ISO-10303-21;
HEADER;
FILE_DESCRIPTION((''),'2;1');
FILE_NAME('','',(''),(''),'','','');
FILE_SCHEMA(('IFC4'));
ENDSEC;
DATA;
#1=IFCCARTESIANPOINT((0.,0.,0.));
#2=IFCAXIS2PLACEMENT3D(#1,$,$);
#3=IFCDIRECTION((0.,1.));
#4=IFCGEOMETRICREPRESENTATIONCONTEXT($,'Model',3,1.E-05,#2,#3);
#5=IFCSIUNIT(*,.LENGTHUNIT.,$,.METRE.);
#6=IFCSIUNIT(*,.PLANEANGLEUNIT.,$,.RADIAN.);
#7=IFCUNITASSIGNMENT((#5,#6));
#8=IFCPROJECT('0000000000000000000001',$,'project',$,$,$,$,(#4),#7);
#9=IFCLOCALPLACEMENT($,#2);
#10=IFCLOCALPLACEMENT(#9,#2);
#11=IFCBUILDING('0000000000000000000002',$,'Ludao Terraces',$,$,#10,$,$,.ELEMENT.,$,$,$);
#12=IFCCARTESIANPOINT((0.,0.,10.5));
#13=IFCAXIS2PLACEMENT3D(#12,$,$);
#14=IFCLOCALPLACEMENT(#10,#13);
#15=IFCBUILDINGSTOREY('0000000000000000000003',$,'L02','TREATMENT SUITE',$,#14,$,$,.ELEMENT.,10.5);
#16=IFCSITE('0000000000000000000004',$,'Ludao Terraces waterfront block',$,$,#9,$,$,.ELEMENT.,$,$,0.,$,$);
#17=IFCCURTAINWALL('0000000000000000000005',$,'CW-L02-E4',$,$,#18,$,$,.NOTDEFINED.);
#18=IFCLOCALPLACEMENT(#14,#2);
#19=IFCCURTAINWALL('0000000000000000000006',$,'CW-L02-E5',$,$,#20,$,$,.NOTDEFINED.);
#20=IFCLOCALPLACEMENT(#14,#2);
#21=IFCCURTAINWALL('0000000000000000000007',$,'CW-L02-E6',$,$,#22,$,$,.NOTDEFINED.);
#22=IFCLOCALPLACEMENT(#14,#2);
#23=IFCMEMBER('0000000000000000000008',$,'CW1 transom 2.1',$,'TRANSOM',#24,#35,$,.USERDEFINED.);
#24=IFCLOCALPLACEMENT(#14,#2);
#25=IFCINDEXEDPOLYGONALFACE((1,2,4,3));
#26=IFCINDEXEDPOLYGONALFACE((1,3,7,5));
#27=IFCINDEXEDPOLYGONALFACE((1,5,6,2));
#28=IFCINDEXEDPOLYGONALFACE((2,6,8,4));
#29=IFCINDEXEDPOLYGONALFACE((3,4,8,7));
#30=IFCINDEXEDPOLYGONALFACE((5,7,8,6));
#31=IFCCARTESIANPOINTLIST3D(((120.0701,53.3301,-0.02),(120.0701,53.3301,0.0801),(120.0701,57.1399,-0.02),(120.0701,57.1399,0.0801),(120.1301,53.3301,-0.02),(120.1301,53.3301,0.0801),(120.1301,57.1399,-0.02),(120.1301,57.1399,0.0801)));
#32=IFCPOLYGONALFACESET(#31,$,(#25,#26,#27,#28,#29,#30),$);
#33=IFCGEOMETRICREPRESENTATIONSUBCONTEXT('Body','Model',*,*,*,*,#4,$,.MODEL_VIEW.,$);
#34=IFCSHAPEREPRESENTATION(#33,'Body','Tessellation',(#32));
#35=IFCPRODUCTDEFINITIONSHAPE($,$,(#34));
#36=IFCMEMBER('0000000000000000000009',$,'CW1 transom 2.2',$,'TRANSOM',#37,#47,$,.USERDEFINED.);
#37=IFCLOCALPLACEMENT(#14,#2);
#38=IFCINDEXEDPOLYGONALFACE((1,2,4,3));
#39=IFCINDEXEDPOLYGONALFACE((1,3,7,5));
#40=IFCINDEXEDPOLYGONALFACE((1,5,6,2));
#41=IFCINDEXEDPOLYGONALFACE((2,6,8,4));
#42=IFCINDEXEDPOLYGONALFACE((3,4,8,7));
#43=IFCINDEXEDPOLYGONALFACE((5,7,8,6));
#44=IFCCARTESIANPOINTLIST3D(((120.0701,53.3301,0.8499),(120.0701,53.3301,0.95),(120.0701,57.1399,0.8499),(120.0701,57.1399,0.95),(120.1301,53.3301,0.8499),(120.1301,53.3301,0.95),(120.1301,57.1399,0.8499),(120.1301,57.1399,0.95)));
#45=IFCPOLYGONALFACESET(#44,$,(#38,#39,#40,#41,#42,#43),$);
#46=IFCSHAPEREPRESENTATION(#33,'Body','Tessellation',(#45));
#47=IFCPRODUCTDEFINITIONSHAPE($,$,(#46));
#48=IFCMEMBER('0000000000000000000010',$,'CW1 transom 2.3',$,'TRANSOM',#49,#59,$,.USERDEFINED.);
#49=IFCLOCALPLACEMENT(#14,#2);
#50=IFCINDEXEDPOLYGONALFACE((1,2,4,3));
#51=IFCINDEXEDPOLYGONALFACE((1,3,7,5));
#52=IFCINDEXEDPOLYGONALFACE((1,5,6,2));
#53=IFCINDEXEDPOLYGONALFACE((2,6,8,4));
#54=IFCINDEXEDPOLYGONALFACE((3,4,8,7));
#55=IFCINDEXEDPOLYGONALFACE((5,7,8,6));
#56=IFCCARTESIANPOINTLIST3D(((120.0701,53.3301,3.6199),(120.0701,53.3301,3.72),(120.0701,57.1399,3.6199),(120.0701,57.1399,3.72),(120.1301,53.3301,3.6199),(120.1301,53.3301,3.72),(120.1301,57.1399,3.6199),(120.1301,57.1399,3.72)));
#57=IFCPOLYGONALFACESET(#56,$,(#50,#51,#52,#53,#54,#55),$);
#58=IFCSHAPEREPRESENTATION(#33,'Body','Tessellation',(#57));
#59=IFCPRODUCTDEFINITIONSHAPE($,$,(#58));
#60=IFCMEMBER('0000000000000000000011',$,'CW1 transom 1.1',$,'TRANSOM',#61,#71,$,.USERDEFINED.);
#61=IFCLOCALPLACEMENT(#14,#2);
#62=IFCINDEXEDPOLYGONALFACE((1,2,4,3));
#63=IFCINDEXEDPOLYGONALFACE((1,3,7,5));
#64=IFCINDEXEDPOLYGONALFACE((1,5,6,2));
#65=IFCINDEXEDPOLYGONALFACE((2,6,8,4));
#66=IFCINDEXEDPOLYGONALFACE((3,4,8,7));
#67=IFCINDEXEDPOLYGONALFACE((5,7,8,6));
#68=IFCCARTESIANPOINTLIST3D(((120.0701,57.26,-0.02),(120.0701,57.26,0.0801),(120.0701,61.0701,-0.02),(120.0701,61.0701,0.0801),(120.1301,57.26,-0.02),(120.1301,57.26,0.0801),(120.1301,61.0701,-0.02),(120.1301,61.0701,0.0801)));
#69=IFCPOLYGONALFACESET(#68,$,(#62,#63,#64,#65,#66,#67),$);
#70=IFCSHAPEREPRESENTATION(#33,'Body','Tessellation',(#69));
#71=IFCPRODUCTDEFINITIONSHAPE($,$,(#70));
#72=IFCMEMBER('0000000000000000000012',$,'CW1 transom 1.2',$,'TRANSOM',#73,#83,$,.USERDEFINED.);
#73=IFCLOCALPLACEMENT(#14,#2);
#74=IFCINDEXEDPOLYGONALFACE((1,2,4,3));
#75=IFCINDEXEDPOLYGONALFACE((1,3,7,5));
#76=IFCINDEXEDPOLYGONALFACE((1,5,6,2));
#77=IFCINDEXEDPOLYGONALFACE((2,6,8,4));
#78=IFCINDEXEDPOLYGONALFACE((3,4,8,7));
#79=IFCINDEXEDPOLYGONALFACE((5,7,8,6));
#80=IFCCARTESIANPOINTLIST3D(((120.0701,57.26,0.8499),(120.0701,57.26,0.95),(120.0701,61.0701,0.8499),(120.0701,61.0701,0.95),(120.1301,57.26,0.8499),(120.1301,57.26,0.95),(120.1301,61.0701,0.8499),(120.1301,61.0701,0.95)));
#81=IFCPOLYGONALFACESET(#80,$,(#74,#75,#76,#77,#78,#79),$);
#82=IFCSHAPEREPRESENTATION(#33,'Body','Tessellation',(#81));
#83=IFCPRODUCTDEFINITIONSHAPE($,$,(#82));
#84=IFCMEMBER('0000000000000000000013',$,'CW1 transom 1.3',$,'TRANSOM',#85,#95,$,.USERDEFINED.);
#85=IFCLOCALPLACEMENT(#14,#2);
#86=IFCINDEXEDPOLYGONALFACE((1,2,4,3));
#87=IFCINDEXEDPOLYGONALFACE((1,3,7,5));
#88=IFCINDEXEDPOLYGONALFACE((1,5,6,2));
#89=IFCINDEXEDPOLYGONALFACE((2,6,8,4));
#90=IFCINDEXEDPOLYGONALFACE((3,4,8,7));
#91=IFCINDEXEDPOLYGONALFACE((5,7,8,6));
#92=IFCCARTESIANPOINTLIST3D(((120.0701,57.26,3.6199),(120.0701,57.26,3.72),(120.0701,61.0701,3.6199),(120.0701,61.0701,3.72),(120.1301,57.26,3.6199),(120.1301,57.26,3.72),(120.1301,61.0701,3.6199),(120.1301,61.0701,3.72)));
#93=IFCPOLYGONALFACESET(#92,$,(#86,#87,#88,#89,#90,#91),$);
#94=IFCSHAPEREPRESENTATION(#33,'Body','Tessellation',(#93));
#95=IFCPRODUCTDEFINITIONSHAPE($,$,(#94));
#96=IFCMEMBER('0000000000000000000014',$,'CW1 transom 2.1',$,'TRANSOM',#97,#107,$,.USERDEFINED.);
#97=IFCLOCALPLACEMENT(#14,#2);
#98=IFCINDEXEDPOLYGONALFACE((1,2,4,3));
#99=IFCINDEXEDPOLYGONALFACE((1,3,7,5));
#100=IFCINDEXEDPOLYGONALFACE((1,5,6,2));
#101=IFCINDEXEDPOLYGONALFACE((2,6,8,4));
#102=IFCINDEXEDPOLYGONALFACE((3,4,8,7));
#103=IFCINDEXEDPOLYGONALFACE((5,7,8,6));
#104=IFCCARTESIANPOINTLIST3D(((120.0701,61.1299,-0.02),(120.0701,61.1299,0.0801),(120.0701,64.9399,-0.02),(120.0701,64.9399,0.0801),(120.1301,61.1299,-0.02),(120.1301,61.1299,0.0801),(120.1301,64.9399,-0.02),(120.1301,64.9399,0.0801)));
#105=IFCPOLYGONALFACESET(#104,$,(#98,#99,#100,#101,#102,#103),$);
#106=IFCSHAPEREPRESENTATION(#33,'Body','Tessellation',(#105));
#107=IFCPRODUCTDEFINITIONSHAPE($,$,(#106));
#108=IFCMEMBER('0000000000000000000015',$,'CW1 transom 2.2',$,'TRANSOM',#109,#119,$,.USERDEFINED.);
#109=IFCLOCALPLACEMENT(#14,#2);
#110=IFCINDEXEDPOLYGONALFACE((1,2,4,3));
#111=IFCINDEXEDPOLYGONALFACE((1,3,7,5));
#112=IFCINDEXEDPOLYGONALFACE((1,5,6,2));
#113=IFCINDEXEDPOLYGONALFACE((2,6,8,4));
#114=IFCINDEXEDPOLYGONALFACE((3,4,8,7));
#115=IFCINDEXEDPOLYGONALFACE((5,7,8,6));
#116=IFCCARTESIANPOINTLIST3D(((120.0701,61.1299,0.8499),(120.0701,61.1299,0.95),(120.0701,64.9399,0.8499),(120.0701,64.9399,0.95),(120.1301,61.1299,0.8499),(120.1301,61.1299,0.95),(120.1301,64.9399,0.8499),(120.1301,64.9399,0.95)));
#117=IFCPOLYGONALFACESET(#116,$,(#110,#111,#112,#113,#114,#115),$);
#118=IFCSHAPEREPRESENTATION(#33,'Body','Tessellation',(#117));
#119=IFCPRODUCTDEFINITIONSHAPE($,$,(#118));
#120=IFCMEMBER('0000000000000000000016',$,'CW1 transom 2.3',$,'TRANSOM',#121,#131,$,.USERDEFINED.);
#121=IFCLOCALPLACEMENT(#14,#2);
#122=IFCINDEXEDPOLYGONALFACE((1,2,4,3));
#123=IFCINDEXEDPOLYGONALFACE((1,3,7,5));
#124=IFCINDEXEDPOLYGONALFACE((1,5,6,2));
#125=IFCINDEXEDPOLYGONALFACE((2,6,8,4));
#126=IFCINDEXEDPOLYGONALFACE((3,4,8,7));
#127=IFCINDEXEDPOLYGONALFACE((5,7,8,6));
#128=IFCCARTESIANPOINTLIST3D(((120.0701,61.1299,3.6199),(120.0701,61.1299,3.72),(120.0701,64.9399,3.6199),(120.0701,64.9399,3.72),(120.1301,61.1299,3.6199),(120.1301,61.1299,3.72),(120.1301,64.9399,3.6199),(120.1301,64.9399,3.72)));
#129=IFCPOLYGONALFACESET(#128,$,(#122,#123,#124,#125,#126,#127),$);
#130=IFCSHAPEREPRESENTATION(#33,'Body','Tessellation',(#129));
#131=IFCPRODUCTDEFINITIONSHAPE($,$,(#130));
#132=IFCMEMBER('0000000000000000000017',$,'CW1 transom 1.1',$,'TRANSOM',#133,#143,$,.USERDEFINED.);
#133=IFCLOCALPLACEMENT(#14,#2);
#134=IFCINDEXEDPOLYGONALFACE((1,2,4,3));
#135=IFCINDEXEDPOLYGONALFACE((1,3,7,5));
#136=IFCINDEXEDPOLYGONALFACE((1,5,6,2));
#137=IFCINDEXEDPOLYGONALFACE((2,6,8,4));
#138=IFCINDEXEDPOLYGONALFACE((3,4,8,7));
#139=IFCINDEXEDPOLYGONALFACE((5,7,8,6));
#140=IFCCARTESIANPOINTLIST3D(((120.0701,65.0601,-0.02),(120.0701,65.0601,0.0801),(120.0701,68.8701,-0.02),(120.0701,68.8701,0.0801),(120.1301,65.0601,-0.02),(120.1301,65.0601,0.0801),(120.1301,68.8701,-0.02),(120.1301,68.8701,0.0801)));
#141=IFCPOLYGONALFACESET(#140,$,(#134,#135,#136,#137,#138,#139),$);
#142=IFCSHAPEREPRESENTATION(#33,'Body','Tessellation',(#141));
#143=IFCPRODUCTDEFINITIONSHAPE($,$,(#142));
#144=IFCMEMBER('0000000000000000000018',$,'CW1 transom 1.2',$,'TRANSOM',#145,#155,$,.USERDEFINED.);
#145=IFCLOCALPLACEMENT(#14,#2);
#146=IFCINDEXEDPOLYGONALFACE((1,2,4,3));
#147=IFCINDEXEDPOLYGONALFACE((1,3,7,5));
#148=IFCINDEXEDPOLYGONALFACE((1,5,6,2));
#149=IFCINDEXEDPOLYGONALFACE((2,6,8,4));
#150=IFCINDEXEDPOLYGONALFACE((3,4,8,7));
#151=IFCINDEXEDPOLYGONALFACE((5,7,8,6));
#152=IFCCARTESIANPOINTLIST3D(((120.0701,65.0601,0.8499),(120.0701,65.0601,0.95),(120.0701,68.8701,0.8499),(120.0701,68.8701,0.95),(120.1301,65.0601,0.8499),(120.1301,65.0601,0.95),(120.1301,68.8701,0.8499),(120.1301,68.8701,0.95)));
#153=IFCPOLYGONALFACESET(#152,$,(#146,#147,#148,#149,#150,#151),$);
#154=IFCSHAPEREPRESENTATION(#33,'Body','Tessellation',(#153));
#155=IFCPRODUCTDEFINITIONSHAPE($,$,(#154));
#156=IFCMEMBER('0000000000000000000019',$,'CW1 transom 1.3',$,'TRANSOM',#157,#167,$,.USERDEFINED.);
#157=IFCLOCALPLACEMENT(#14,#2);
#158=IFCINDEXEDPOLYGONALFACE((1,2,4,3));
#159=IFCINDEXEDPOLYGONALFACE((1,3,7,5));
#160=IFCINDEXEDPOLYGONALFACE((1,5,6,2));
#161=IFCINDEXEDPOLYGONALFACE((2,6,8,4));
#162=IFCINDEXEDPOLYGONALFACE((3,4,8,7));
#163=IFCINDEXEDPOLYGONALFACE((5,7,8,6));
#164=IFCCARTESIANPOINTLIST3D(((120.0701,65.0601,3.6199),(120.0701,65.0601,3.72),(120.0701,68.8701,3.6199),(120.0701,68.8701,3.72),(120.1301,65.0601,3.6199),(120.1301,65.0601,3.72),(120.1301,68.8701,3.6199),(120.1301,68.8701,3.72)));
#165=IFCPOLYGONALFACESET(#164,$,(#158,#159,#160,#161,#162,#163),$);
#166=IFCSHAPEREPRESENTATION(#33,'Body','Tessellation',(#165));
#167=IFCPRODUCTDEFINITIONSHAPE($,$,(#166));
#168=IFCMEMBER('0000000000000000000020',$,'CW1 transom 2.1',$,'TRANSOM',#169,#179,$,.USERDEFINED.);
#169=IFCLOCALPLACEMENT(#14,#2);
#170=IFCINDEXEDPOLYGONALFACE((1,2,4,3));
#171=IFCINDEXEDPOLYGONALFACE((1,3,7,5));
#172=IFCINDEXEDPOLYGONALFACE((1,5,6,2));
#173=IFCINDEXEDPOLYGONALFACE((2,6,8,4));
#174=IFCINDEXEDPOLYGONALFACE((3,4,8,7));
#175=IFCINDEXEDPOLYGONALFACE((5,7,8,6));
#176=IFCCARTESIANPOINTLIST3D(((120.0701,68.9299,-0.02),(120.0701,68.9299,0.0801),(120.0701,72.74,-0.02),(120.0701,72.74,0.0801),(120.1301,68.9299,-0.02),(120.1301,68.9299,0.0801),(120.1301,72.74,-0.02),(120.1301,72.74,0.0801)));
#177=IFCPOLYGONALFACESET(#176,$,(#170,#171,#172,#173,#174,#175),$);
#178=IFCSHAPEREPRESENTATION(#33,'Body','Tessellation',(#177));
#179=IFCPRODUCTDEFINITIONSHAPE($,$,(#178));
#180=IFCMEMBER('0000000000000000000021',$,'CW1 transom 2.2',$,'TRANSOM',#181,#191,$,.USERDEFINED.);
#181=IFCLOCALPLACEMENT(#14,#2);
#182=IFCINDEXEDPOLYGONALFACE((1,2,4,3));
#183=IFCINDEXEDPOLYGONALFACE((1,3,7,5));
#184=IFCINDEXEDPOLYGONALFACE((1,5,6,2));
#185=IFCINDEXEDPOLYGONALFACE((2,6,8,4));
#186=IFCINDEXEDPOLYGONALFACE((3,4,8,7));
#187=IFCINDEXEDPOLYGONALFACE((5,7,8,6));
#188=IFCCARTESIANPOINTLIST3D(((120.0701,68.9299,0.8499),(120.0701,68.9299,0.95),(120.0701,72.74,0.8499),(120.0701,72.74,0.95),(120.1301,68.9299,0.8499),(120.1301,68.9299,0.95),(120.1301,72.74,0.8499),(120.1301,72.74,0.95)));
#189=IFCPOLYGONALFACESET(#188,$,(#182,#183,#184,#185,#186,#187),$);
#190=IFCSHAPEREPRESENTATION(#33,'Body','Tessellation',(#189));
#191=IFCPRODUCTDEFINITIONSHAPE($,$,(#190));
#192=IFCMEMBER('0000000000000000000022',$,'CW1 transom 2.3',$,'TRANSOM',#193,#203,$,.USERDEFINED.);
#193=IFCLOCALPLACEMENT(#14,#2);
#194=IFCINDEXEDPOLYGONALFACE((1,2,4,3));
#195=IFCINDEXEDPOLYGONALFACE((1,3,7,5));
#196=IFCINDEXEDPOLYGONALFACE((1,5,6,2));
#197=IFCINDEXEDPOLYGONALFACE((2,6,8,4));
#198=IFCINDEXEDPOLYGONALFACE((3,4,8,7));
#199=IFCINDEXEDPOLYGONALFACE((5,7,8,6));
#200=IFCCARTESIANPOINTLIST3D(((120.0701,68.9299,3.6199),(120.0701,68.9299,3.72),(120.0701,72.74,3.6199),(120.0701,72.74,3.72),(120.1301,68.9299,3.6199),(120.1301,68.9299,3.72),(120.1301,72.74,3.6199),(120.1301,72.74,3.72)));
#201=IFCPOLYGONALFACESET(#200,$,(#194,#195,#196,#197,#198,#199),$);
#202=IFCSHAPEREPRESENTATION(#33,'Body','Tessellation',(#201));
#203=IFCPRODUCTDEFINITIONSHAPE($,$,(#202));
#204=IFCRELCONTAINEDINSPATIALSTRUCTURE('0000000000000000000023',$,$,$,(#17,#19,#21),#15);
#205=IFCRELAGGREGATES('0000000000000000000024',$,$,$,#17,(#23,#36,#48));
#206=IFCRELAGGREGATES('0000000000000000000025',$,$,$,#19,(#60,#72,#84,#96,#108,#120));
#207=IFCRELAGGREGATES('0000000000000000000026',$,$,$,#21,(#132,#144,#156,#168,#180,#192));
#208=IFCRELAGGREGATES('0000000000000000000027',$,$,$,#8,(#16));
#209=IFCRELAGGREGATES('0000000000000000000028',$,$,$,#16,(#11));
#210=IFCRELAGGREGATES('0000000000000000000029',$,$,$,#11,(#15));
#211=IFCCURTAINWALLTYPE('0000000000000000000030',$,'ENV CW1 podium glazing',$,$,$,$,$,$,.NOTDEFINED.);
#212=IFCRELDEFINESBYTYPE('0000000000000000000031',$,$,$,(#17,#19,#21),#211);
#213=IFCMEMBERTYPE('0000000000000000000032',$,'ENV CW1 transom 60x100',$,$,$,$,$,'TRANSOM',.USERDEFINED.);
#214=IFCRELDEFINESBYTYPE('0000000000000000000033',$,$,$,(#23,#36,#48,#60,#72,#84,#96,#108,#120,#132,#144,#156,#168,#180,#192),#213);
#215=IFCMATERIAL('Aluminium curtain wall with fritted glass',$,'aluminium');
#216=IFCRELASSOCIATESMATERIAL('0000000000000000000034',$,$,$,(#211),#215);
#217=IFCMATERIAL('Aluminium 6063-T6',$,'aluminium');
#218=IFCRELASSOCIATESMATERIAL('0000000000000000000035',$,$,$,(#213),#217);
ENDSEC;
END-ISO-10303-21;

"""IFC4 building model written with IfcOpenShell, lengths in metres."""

from ifc_helpers import new_model, si_unit, direction, frame, origin, origin_2d, place, context, subcontext, project, spatial, rectangle, extrude, material, material_profile, profile_set, type_object, element, aggregate, save


model = new_model("IFC4")

# Units and contexts
model_context = context("Model", 3, precision=1e-05, world=origin(), true_north=direction((0.0, 1.0)))
body_context = subcontext(model_context, "Body", "Model", "MODEL_VIEW")
ifc_project = project(units=[si_unit("LENGTHUNIT", "METRE"), si_unit("PLANEANGLEUNIT", "RADIAN")], contexts=[model_context])

# Site, building, storey
site_placement = place(None, origin())
site = spatial("IfcSite", under=ifc_project, at=site_placement, Name="Ludao Terraces waterfront block", CompositionType="ELEMENT", RefElevation=0.0)
building_placement = place(site_placement, origin())
building = spatial("IfcBuilding", under=site, at=building_placement, Name="Ludao Terraces", CompositionType="ELEMENT")
storey_placement = place(building_placement, frame((0.0, 0.0, 10.5)))
storey = spatial("IfcBuildingStorey", under=building, at=storey_placement, Name="L02", Description="TREATMENT SUITE", CompositionType="ELEMENT", Elevation=10.5)

# Curtain walls
ifc_material_1 = material(Name="Aluminium curtain wall with fritted glass", Category="aluminium")
curtain_wall_type = type_object("IfcCurtainWallType", Name="ENV CW1 podium glazing", PredefinedType="NOTDEFINED", material=ifc_material_1)
curtain_wall_1_placement = place(storey_placement, origin())
curtain_wall_1 = element("IfcCurtainWall", 1, at=curtain_wall_1_placement, inside=storey, type_object=curtain_wall_type, Name="CW-L02-E4", PredefinedType="NOTDEFINED")
ifc_material_2 = material(Name="Aluminium 6063-T6", Category="aluminium")
curtain_wall_2_placement = place(storey_placement, origin())
curtain_wall_2 = element("IfcCurtainWall", 2, at=curtain_wall_2_placement, inside=storey, type_object=curtain_wall_type, Name="CW-L02-E5", PredefinedType="NOTDEFINED")
curtain_wall_3_placement = place(storey_placement, origin())
curtain_wall_3 = element("IfcCurtainWall", 3, at=curtain_wall_3_placement, inside=storey, type_object=curtain_wall_type, Name="CW-L02-E6", PredefinedType="NOTDEFINED")

# Members
ifc_material_profile_1 = material_profile(ifc_material_2, rectangle(XDim=0.0601, YDim=0.1001, at=origin_2d()), Name="60 X 100")
ifc_profile_set_1 = profile_set([ifc_material_profile_1], Name="Aluminium 6063-T6")
member_type_1 = type_object("IfcMemberType", Name="ENV CW1 transom 60x100", ElementType="TRANSOM", PredefinedType="USERDEFINED", material=ifc_profile_set_1)
member_1_placement = place(storey_placement, frame((120.1001, 53.3301, 0.03), z_axis=(0.0, 1.0, 0.0), x_axis=(-1.0, 0.0, 0.0)))
member_1 = element("IfcMember", 4, at=member_1_placement, type_object=member_type_1, Name="CW1 transom 2.1", ObjectType="TRANSOM", PredefinedType="USERDEFINED", context=body_context, shape_type="SweptSolid", body=[
    extrude(rectangle(XDim=0.0601, YDim=0.1001, at=origin_2d()), origin(), (0.0, 0.0, 1.0), 3.8098),
])
member_2_placement = place(storey_placement, frame((120.1001, 53.3301, 0.8999), z_axis=(0.0, 1.0, 0.0), x_axis=(-1.0, 0.0, 0.0)))
member_2 = element("IfcMember", 5, at=member_2_placement, type_object=member_type_1, Name="CW1 transom 2.2", ObjectType="TRANSOM", PredefinedType="USERDEFINED", context=body_context, shape_type="SweptSolid", body=[
    extrude(rectangle(XDim=0.0601, YDim=0.1001, at=origin_2d()), origin(), (0.0, 0.0, 1.0), 3.8098),
])
member_3_placement = place(storey_placement, frame((120.1001, 53.3301, 3.6699), z_axis=(0.0, 1.0, 0.0), x_axis=(-1.0, 0.0, 0.0)))
member_3 = element("IfcMember", 6, at=member_3_placement, type_object=member_type_1, Name="CW1 transom 2.3", ObjectType="TRANSOM", PredefinedType="USERDEFINED", context=body_context, shape_type="SweptSolid", body=[
    extrude(rectangle(XDim=0.0601, YDim=0.1001, at=origin_2d()), origin(), (0.0, 0.0, 1.0), 3.8098),
])
member_4_placement = place(storey_placement, frame((120.1001, 57.26, 0.03), z_axis=(0.0, 1.0, 0.0), x_axis=(-1.0, 0.0, 0.0)))
member_4 = element("IfcMember", 7, at=member_4_placement, type_object=member_type_1, Name="CW1 transom 1.1", ObjectType="TRANSOM", PredefinedType="USERDEFINED", context=body_context, shape_type="SweptSolid", body=[
    extrude(rectangle(XDim=0.0601, YDim=0.1001, at=origin_2d()), origin(), (0.0, 0.0, 1.0), 3.8101),
])
member_5_placement = place(storey_placement, frame((120.1001, 57.26, 0.8999), z_axis=(0.0, 1.0, 0.0), x_axis=(-1.0, 0.0, 0.0)))
member_5 = element("IfcMember", 8, at=member_5_placement, type_object=member_type_1, Name="CW1 transom 1.2", ObjectType="TRANSOM", PredefinedType="USERDEFINED", context=body_context, shape_type="SweptSolid", body=[
    extrude(rectangle(XDim=0.0601, YDim=0.1001, at=origin_2d()), origin(), (0.0, 0.0, 1.0), 3.8101),
])
member_6_placement = place(storey_placement, frame((120.1001, 57.26, 3.6699), z_axis=(0.0, 1.0, 0.0), x_axis=(-1.0, 0.0, 0.0)))
member_6 = element("IfcMember", 9, at=member_6_placement, type_object=member_type_1, Name="CW1 transom 1.3", ObjectType="TRANSOM", PredefinedType="USERDEFINED", context=body_context, shape_type="SweptSolid", body=[
    extrude(rectangle(XDim=0.0601, YDim=0.1001, at=origin_2d()), origin(), (0.0, 0.0, 1.0), 3.8101),
])
member_7_placement = place(storey_placement, frame((120.1001, 61.1299, 0.03), z_axis=(0.0, 1.0, 0.0), x_axis=(-1.0, 0.0, 0.0)))
member_7 = element("IfcMember", 10, at=member_7_placement, type_object=member_type_1, Name="CW1 transom 2.1", ObjectType="TRANSOM", PredefinedType="USERDEFINED", context=body_context, shape_type="SweptSolid", body=[
    extrude(rectangle(XDim=0.0601, YDim=0.1001, at=origin_2d()), origin(), (0.0, 0.0, 1.0), 3.8101),
])
member_8_placement = place(storey_placement, frame((120.1001, 61.1299, 0.8999), z_axis=(0.0, 1.0, 0.0), x_axis=(-1.0, 0.0, 0.0)))
member_8 = element("IfcMember", 11, at=member_8_placement, type_object=member_type_1, Name="CW1 transom 2.2", ObjectType="TRANSOM", PredefinedType="USERDEFINED", context=body_context, shape_type="SweptSolid", body=[
    extrude(rectangle(XDim=0.0601, YDim=0.1001, at=origin_2d()), origin(), (0.0, 0.0, 1.0), 3.8101),
])
member_9_placement = place(storey_placement, frame((120.1001, 61.1299, 3.6699), z_axis=(0.0, 1.0, 0.0), x_axis=(-1.0, 0.0, 0.0)))
member_9 = element("IfcMember", 12, at=member_9_placement, type_object=member_type_1, Name="CW1 transom 2.3", ObjectType="TRANSOM", PredefinedType="USERDEFINED", context=body_context, shape_type="SweptSolid", body=[
    extrude(rectangle(XDim=0.0601, YDim=0.1001, at=origin_2d()), origin(), (0.0, 0.0, 1.0), 3.8101),
])
member_10_placement = place(storey_placement, frame((120.1001, 65.0601, 0.03), z_axis=(0.0, 1.0, 0.0), x_axis=(-1.0, 0.0, 0.0)))
member_10 = element("IfcMember", 13, at=member_10_placement, type_object=member_type_1, Name="CW1 transom 1.1", ObjectType="TRANSOM", PredefinedType="USERDEFINED", context=body_context, shape_type="SweptSolid", body=[
    extrude(rectangle(XDim=0.0601, YDim=0.1001, at=origin_2d()), origin(), (0.0, 0.0, 1.0), 3.8101),
])
member_11_placement = place(storey_placement, frame((120.1001, 65.0601, 0.8999), z_axis=(0.0, 1.0, 0.0), x_axis=(-1.0, 0.0, 0.0)))
member_11 = element("IfcMember", 14, at=member_11_placement, type_object=member_type_1, Name="CW1 transom 1.2", ObjectType="TRANSOM", PredefinedType="USERDEFINED", context=body_context, shape_type="SweptSolid", body=[
    extrude(rectangle(XDim=0.0601, YDim=0.1001, at=origin_2d()), origin(), (0.0, 0.0, 1.0), 3.8101),
])
member_12_placement = place(storey_placement, frame((120.1001, 65.0601, 3.6699), z_axis=(0.0, 1.0, 0.0), x_axis=(-1.0, 0.0, 0.0)))
member_12 = element("IfcMember", 15, at=member_12_placement, type_object=member_type_1, Name="CW1 transom 1.3", ObjectType="TRANSOM", PredefinedType="USERDEFINED", context=body_context, shape_type="SweptSolid", body=[
    extrude(rectangle(XDim=0.0601, YDim=0.1001, at=origin_2d()), origin(), (0.0, 0.0, 1.0), 3.8101),
])
member_13_placement = place(storey_placement, frame((120.1001, 68.9299, 0.03), z_axis=(0.0, 1.0, 0.0), x_axis=(-1.0, 0.0, 0.0)))
member_13 = element("IfcMember", 16, at=member_13_placement, type_object=member_type_1, Name="CW1 transom 2.1", ObjectType="TRANSOM", PredefinedType="USERDEFINED", context=body_context, shape_type="SweptSolid", body=[
    extrude(rectangle(XDim=0.0601, YDim=0.1001, at=origin_2d()), origin(), (0.0, 0.0, 1.0), 3.8101),
])
member_14_placement = place(storey_placement, frame((120.1001, 68.9299, 0.8999), z_axis=(0.0, 1.0, 0.0), x_axis=(-1.0, 0.0, 0.0)))
member_14 = element("IfcMember", 17, at=member_14_placement, type_object=member_type_1, Name="CW1 transom 2.2", ObjectType="TRANSOM", PredefinedType="USERDEFINED", context=body_context, shape_type="SweptSolid", body=[
    extrude(rectangle(XDim=0.0601, YDim=0.1001, at=origin_2d()), origin(), (0.0, 0.0, 1.0), 3.8101),
])
member_15_placement = place(storey_placement, frame((120.1001, 68.9299, 3.6699), z_axis=(0.0, 1.0, 0.0), x_axis=(-1.0, 0.0, 0.0)))
member_15 = element("IfcMember", 18, at=member_15_placement, type_object=member_type_1, Name="CW1 transom 2.3", ObjectType="TRANSOM", PredefinedType="USERDEFINED", context=body_context, shape_type="SweptSolid", body=[
    extrude(rectangle(XDim=0.0601, YDim=0.1001, at=origin_2d()), origin(), (0.0, 0.0, 1.0), 3.8101),
])

aggregate(curtain_wall_1, [member_1, member_2, member_3])
aggregate(curtain_wall_2, [member_4, member_5, member_6, member_7, member_8, member_9])
aggregate(curtain_wall_3, [member_10, member_11, member_12, member_13, member_14, member_15])

save(model, "model.ifc")
